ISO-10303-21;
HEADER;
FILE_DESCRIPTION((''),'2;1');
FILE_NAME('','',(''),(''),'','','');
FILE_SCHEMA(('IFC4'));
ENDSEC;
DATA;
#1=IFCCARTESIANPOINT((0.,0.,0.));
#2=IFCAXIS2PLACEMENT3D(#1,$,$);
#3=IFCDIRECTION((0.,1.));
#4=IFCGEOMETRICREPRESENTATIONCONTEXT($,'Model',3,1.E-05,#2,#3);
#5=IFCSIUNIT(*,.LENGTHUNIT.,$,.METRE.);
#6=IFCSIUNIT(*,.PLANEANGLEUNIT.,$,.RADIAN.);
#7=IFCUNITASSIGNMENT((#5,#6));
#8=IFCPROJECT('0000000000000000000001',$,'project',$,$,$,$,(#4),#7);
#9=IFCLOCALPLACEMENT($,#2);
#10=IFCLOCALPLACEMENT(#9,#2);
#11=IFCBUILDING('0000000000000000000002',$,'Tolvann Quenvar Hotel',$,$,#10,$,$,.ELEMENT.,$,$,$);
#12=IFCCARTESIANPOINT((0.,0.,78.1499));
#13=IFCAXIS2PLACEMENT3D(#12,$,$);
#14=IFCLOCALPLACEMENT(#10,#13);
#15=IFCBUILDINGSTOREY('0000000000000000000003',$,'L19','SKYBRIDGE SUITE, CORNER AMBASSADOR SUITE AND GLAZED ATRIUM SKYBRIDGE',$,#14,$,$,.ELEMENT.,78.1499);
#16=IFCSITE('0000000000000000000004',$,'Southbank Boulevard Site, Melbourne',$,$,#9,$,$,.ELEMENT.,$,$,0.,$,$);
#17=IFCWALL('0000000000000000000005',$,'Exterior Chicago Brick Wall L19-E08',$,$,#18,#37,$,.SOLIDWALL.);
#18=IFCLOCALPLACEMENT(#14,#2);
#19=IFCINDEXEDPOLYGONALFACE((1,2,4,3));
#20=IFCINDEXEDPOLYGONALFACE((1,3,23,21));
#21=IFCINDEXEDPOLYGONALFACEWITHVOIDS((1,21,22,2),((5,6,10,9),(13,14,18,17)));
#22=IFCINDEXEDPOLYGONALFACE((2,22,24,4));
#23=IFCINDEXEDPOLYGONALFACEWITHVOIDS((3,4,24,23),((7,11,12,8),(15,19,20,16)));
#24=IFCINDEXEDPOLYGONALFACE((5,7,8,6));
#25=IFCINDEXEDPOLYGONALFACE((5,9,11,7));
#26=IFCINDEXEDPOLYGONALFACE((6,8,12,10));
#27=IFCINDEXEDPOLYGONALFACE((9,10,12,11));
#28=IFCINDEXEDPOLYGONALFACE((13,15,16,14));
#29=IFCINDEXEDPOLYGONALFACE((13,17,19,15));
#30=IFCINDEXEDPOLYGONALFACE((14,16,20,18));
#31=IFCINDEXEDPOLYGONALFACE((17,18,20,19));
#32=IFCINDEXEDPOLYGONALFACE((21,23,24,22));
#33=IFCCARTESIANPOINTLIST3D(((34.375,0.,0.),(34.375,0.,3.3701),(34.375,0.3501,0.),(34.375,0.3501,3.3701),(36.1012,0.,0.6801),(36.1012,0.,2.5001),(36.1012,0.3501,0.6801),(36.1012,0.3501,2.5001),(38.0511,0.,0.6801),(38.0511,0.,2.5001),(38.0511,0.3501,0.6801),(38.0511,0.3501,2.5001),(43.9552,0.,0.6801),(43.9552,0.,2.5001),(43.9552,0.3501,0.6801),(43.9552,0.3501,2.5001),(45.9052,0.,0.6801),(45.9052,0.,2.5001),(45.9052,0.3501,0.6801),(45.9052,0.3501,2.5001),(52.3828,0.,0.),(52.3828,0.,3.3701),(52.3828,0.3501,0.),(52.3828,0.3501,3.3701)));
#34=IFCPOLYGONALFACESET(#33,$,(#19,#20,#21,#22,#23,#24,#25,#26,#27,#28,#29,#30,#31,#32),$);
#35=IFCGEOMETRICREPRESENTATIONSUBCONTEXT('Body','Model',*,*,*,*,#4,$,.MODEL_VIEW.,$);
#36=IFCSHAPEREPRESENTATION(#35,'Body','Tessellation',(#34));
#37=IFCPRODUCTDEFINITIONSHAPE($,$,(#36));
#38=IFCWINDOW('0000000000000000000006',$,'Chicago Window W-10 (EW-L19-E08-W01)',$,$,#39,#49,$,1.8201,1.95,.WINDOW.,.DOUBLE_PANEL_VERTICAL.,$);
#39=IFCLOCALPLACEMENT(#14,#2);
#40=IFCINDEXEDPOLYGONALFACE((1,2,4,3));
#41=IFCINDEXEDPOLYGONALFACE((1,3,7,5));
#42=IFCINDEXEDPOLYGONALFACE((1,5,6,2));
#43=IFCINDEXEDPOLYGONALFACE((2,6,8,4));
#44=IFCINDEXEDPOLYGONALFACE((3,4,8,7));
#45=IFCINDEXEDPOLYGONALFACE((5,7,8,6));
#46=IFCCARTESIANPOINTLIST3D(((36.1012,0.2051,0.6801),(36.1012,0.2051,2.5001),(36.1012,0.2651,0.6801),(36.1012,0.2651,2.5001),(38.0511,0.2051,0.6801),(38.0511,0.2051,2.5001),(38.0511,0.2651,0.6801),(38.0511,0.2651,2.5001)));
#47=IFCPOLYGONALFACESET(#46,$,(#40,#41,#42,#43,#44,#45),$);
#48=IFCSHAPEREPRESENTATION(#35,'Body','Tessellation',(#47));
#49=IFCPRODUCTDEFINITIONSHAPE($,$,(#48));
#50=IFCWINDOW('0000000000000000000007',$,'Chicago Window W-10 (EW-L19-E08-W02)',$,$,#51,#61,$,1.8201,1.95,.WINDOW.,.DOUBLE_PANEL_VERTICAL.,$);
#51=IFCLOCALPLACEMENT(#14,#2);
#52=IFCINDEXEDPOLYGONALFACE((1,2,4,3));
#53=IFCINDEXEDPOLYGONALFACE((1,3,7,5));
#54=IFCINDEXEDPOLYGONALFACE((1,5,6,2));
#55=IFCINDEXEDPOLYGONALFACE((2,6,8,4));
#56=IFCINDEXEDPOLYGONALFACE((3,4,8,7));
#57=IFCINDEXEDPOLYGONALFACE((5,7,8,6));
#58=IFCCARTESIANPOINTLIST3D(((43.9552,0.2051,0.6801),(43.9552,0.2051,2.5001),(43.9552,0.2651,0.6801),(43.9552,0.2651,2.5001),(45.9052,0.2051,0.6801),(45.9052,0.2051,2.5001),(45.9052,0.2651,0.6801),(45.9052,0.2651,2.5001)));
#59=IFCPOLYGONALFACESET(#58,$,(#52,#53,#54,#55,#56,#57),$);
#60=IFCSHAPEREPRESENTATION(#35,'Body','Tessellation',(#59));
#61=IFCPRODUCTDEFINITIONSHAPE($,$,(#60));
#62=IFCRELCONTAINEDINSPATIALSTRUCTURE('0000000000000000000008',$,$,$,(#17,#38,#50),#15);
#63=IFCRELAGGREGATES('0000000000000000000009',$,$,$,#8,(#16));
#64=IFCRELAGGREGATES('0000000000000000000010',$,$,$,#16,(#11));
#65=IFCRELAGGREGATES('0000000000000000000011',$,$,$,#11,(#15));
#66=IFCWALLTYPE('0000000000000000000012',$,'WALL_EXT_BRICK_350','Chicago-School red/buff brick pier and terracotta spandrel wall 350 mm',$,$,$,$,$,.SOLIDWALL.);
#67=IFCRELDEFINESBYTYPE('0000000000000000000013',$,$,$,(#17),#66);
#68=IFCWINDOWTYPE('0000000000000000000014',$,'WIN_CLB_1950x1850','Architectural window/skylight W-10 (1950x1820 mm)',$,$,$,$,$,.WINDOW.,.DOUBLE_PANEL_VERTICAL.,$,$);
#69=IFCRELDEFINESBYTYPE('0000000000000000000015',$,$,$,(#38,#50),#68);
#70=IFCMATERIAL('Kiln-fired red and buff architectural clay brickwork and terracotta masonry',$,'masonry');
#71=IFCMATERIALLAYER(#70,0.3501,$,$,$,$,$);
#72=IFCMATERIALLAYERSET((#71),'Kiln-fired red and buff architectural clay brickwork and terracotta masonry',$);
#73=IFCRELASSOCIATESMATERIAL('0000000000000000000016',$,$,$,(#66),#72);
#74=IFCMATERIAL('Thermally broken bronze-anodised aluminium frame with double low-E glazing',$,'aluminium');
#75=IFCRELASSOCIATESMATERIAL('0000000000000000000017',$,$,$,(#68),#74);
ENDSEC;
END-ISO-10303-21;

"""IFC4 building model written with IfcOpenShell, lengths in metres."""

from ifc_helpers import new_model, si_unit, direction, frame, frame_2d, origin, place, context, subcontext, project, spatial, rectangle, extrude, source, transform, mapped, material, layer, layer_set, type_object, type_shapes, element, fill, save


model = new_model("IFC4")

# Units and contexts
model_context = context("Model", 3, precision=1e-05, world=origin(), true_north=direction((0.0, 1.0)))
body_context = subcontext(model_context, "Body", "Model", "MODEL_VIEW")
ifc_project = project(units=[si_unit("LENGTHUNIT", "METRE"), si_unit("PLANEANGLEUNIT", "RADIAN")], contexts=[model_context])

# Site, building, storey
site_placement = place(None, origin())
site = spatial("IfcSite", under=ifc_project, at=site_placement, Name="Southbank Boulevard Site, Melbourne", CompositionType="ELEMENT", RefElevation=0.0)
building_placement = place(site_placement, origin())
building = spatial("IfcBuilding", under=site, at=building_placement, Name="Tolvann Quenvar Hotel", CompositionType="ELEMENT")
storey_placement = place(building_placement, frame((0.0, 0.0, 78.1499)))
storey = spatial("IfcBuildingStorey", under=building, at=storey_placement, Name="L19", Description="SKYBRIDGE SUITE, CORNER AMBASSADOR SUITE AND GLAZED ATRIUM SKYBRIDGE", CompositionType="ELEMENT", Elevation=78.1499)

# Wall, openings, windows
ifc_material_1 = material(Name="Kiln-fired red and buff architectural clay brickwork and terracotta masonry", Category="masonry")
ifc_layer_1 = layer(ifc_material_1, 0.3501)
ifc_layer_set_1 = layer_set([ifc_layer_1], Name="Kiln-fired red and buff architectural clay brickwork and terracotta masonry")
wall_type = type_object("IfcWallType", Name="WALL_EXT_BRICK_350", Description="Chicago-School red/buff brick pier and terracotta spandrel wall 350 mm", PredefinedType="SOLIDWALL", material=ifc_layer_set_1)
wall_placement = place(storey_placement, frame((34.375, 0.175, 0.0), z_axis=(0.0, 0.0, 1.0), x_axis=(1.0, 0.0, 0.0)))
wall = element("IfcWall", 1, at=wall_placement, inside=storey, type_object=wall_type, Name="Exterior Chicago Brick Wall L19-E08", PredefinedType="SOLIDWALL", context=body_context, shape_type="SweptSolid", body=[
    extrude(rectangle(XDim=18.0078, YDim=0.3501, at=frame_2d((9.0039, 0.0))), origin(), (0.0, 0.0, 1.0), 3.3701),
])
opening_1_placement = place(wall_placement, frame((1.7261, 0.0, 0.6799)))
opening_1 = element("IfcOpeningElement", 2, at=opening_1_placement, cuts=wall, PredefinedType="OPENING", context=body_context, shape_type="SweptSolid", body=[
    extrude(rectangle(XDim=1.95, YDim=1.8201, at=frame_2d((0.9751, 0.9102))), frame((0.0, 0.1851, 0.0), z_axis=(0.0, -1.0, 0.0), x_axis=(1.0, 0.0, 0.0)), (0.0, 0.0, 1.0), 0.3701),
])
opening_2_placement = place(wall_placement, frame((9.5801, 0.0, 0.6799)))
opening_2 = element("IfcOpeningElement", 3, at=opening_2_placement, cuts=wall, PredefinedType="OPENING", context=body_context, shape_type="SweptSolid", body=[
    extrude(rectangle(XDim=1.95, YDim=1.8201, at=frame_2d((0.9751, 0.9102))), frame((0.0, 0.1851, 0.0), z_axis=(0.0, -1.0, 0.0), x_axis=(1.0, 0.0, 0.0)), (0.0, 0.0, 1.0), 0.3701),
])
ifc_material_2 = material(Name="Thermally broken bronze-anodised aluminium frame with double low-E glazing", Category="aluminium")
window_type = type_object("IfcWindowType", Name="WIN_CLB_1950x1850", Description="Architectural window/skylight W-10 (1950x1820 mm)", PartitioningType="DOUBLE_PANEL_VERTICAL", PredefinedType="WINDOW", material=ifc_material_2)
shared_shape_1 = source(origin(), body_context, "Body", "SweptSolid", [
    extrude(rectangle(XDim=1.95, YDim=1.8201, at=frame_2d((0.9751, 0.9102))), frame((0.0, 0.0901, 0.0), z_axis=(0.0, -1.0, 0.0), x_axis=(1.0, 0.0, 0.0)), (0.0, 0.0, 1.0), 0.0601),
])
type_shapes(window_type, [shared_shape_1])
window_1_placement = place(opening_1_placement, origin())
window_1 = element("IfcWindow", 4, at=window_1_placement, inside=storey, type_object=window_type, Name="Chicago Window W-10 (EW-L19-E08-W01)", OverallHeight=1.8201, OverallWidth=1.95, PartitioningType="DOUBLE_PANEL_VERTICAL", PredefinedType="WINDOW", context=body_context, shape_type="MappedRepresentation", body=[
    mapped(shared_shape_1, transform((0.0, 0.0, 0.0), x_axis=(1.0, 0.0, 0.0), y_axis=(0.0, 1.0, 0.0), z_axis=(0.0, 0.0, 1.0), scale=1.0)),
])
fill(opening_1, window_1)
window_2_placement = place(opening_2_placement, origin())
window_2 = element("IfcWindow", 5, at=window_2_placement, inside=storey, type_object=window_type, Name="Chicago Window W-10 (EW-L19-E08-W02)", OverallHeight=1.8201, OverallWidth=1.95, PartitioningType="DOUBLE_PANEL_VERTICAL", PredefinedType="WINDOW", context=body_context, shape_type="MappedRepresentation", body=[
    mapped(shared_shape_1, transform((0.0, 0.0, 0.0), x_axis=(1.0, 0.0, 0.0), y_axis=(0.0, 1.0, 0.0), z_axis=(0.0, 0.0, 1.0), scale=1.0)),
])
fill(opening_2, window_2)

save(model, "model.ifc")
